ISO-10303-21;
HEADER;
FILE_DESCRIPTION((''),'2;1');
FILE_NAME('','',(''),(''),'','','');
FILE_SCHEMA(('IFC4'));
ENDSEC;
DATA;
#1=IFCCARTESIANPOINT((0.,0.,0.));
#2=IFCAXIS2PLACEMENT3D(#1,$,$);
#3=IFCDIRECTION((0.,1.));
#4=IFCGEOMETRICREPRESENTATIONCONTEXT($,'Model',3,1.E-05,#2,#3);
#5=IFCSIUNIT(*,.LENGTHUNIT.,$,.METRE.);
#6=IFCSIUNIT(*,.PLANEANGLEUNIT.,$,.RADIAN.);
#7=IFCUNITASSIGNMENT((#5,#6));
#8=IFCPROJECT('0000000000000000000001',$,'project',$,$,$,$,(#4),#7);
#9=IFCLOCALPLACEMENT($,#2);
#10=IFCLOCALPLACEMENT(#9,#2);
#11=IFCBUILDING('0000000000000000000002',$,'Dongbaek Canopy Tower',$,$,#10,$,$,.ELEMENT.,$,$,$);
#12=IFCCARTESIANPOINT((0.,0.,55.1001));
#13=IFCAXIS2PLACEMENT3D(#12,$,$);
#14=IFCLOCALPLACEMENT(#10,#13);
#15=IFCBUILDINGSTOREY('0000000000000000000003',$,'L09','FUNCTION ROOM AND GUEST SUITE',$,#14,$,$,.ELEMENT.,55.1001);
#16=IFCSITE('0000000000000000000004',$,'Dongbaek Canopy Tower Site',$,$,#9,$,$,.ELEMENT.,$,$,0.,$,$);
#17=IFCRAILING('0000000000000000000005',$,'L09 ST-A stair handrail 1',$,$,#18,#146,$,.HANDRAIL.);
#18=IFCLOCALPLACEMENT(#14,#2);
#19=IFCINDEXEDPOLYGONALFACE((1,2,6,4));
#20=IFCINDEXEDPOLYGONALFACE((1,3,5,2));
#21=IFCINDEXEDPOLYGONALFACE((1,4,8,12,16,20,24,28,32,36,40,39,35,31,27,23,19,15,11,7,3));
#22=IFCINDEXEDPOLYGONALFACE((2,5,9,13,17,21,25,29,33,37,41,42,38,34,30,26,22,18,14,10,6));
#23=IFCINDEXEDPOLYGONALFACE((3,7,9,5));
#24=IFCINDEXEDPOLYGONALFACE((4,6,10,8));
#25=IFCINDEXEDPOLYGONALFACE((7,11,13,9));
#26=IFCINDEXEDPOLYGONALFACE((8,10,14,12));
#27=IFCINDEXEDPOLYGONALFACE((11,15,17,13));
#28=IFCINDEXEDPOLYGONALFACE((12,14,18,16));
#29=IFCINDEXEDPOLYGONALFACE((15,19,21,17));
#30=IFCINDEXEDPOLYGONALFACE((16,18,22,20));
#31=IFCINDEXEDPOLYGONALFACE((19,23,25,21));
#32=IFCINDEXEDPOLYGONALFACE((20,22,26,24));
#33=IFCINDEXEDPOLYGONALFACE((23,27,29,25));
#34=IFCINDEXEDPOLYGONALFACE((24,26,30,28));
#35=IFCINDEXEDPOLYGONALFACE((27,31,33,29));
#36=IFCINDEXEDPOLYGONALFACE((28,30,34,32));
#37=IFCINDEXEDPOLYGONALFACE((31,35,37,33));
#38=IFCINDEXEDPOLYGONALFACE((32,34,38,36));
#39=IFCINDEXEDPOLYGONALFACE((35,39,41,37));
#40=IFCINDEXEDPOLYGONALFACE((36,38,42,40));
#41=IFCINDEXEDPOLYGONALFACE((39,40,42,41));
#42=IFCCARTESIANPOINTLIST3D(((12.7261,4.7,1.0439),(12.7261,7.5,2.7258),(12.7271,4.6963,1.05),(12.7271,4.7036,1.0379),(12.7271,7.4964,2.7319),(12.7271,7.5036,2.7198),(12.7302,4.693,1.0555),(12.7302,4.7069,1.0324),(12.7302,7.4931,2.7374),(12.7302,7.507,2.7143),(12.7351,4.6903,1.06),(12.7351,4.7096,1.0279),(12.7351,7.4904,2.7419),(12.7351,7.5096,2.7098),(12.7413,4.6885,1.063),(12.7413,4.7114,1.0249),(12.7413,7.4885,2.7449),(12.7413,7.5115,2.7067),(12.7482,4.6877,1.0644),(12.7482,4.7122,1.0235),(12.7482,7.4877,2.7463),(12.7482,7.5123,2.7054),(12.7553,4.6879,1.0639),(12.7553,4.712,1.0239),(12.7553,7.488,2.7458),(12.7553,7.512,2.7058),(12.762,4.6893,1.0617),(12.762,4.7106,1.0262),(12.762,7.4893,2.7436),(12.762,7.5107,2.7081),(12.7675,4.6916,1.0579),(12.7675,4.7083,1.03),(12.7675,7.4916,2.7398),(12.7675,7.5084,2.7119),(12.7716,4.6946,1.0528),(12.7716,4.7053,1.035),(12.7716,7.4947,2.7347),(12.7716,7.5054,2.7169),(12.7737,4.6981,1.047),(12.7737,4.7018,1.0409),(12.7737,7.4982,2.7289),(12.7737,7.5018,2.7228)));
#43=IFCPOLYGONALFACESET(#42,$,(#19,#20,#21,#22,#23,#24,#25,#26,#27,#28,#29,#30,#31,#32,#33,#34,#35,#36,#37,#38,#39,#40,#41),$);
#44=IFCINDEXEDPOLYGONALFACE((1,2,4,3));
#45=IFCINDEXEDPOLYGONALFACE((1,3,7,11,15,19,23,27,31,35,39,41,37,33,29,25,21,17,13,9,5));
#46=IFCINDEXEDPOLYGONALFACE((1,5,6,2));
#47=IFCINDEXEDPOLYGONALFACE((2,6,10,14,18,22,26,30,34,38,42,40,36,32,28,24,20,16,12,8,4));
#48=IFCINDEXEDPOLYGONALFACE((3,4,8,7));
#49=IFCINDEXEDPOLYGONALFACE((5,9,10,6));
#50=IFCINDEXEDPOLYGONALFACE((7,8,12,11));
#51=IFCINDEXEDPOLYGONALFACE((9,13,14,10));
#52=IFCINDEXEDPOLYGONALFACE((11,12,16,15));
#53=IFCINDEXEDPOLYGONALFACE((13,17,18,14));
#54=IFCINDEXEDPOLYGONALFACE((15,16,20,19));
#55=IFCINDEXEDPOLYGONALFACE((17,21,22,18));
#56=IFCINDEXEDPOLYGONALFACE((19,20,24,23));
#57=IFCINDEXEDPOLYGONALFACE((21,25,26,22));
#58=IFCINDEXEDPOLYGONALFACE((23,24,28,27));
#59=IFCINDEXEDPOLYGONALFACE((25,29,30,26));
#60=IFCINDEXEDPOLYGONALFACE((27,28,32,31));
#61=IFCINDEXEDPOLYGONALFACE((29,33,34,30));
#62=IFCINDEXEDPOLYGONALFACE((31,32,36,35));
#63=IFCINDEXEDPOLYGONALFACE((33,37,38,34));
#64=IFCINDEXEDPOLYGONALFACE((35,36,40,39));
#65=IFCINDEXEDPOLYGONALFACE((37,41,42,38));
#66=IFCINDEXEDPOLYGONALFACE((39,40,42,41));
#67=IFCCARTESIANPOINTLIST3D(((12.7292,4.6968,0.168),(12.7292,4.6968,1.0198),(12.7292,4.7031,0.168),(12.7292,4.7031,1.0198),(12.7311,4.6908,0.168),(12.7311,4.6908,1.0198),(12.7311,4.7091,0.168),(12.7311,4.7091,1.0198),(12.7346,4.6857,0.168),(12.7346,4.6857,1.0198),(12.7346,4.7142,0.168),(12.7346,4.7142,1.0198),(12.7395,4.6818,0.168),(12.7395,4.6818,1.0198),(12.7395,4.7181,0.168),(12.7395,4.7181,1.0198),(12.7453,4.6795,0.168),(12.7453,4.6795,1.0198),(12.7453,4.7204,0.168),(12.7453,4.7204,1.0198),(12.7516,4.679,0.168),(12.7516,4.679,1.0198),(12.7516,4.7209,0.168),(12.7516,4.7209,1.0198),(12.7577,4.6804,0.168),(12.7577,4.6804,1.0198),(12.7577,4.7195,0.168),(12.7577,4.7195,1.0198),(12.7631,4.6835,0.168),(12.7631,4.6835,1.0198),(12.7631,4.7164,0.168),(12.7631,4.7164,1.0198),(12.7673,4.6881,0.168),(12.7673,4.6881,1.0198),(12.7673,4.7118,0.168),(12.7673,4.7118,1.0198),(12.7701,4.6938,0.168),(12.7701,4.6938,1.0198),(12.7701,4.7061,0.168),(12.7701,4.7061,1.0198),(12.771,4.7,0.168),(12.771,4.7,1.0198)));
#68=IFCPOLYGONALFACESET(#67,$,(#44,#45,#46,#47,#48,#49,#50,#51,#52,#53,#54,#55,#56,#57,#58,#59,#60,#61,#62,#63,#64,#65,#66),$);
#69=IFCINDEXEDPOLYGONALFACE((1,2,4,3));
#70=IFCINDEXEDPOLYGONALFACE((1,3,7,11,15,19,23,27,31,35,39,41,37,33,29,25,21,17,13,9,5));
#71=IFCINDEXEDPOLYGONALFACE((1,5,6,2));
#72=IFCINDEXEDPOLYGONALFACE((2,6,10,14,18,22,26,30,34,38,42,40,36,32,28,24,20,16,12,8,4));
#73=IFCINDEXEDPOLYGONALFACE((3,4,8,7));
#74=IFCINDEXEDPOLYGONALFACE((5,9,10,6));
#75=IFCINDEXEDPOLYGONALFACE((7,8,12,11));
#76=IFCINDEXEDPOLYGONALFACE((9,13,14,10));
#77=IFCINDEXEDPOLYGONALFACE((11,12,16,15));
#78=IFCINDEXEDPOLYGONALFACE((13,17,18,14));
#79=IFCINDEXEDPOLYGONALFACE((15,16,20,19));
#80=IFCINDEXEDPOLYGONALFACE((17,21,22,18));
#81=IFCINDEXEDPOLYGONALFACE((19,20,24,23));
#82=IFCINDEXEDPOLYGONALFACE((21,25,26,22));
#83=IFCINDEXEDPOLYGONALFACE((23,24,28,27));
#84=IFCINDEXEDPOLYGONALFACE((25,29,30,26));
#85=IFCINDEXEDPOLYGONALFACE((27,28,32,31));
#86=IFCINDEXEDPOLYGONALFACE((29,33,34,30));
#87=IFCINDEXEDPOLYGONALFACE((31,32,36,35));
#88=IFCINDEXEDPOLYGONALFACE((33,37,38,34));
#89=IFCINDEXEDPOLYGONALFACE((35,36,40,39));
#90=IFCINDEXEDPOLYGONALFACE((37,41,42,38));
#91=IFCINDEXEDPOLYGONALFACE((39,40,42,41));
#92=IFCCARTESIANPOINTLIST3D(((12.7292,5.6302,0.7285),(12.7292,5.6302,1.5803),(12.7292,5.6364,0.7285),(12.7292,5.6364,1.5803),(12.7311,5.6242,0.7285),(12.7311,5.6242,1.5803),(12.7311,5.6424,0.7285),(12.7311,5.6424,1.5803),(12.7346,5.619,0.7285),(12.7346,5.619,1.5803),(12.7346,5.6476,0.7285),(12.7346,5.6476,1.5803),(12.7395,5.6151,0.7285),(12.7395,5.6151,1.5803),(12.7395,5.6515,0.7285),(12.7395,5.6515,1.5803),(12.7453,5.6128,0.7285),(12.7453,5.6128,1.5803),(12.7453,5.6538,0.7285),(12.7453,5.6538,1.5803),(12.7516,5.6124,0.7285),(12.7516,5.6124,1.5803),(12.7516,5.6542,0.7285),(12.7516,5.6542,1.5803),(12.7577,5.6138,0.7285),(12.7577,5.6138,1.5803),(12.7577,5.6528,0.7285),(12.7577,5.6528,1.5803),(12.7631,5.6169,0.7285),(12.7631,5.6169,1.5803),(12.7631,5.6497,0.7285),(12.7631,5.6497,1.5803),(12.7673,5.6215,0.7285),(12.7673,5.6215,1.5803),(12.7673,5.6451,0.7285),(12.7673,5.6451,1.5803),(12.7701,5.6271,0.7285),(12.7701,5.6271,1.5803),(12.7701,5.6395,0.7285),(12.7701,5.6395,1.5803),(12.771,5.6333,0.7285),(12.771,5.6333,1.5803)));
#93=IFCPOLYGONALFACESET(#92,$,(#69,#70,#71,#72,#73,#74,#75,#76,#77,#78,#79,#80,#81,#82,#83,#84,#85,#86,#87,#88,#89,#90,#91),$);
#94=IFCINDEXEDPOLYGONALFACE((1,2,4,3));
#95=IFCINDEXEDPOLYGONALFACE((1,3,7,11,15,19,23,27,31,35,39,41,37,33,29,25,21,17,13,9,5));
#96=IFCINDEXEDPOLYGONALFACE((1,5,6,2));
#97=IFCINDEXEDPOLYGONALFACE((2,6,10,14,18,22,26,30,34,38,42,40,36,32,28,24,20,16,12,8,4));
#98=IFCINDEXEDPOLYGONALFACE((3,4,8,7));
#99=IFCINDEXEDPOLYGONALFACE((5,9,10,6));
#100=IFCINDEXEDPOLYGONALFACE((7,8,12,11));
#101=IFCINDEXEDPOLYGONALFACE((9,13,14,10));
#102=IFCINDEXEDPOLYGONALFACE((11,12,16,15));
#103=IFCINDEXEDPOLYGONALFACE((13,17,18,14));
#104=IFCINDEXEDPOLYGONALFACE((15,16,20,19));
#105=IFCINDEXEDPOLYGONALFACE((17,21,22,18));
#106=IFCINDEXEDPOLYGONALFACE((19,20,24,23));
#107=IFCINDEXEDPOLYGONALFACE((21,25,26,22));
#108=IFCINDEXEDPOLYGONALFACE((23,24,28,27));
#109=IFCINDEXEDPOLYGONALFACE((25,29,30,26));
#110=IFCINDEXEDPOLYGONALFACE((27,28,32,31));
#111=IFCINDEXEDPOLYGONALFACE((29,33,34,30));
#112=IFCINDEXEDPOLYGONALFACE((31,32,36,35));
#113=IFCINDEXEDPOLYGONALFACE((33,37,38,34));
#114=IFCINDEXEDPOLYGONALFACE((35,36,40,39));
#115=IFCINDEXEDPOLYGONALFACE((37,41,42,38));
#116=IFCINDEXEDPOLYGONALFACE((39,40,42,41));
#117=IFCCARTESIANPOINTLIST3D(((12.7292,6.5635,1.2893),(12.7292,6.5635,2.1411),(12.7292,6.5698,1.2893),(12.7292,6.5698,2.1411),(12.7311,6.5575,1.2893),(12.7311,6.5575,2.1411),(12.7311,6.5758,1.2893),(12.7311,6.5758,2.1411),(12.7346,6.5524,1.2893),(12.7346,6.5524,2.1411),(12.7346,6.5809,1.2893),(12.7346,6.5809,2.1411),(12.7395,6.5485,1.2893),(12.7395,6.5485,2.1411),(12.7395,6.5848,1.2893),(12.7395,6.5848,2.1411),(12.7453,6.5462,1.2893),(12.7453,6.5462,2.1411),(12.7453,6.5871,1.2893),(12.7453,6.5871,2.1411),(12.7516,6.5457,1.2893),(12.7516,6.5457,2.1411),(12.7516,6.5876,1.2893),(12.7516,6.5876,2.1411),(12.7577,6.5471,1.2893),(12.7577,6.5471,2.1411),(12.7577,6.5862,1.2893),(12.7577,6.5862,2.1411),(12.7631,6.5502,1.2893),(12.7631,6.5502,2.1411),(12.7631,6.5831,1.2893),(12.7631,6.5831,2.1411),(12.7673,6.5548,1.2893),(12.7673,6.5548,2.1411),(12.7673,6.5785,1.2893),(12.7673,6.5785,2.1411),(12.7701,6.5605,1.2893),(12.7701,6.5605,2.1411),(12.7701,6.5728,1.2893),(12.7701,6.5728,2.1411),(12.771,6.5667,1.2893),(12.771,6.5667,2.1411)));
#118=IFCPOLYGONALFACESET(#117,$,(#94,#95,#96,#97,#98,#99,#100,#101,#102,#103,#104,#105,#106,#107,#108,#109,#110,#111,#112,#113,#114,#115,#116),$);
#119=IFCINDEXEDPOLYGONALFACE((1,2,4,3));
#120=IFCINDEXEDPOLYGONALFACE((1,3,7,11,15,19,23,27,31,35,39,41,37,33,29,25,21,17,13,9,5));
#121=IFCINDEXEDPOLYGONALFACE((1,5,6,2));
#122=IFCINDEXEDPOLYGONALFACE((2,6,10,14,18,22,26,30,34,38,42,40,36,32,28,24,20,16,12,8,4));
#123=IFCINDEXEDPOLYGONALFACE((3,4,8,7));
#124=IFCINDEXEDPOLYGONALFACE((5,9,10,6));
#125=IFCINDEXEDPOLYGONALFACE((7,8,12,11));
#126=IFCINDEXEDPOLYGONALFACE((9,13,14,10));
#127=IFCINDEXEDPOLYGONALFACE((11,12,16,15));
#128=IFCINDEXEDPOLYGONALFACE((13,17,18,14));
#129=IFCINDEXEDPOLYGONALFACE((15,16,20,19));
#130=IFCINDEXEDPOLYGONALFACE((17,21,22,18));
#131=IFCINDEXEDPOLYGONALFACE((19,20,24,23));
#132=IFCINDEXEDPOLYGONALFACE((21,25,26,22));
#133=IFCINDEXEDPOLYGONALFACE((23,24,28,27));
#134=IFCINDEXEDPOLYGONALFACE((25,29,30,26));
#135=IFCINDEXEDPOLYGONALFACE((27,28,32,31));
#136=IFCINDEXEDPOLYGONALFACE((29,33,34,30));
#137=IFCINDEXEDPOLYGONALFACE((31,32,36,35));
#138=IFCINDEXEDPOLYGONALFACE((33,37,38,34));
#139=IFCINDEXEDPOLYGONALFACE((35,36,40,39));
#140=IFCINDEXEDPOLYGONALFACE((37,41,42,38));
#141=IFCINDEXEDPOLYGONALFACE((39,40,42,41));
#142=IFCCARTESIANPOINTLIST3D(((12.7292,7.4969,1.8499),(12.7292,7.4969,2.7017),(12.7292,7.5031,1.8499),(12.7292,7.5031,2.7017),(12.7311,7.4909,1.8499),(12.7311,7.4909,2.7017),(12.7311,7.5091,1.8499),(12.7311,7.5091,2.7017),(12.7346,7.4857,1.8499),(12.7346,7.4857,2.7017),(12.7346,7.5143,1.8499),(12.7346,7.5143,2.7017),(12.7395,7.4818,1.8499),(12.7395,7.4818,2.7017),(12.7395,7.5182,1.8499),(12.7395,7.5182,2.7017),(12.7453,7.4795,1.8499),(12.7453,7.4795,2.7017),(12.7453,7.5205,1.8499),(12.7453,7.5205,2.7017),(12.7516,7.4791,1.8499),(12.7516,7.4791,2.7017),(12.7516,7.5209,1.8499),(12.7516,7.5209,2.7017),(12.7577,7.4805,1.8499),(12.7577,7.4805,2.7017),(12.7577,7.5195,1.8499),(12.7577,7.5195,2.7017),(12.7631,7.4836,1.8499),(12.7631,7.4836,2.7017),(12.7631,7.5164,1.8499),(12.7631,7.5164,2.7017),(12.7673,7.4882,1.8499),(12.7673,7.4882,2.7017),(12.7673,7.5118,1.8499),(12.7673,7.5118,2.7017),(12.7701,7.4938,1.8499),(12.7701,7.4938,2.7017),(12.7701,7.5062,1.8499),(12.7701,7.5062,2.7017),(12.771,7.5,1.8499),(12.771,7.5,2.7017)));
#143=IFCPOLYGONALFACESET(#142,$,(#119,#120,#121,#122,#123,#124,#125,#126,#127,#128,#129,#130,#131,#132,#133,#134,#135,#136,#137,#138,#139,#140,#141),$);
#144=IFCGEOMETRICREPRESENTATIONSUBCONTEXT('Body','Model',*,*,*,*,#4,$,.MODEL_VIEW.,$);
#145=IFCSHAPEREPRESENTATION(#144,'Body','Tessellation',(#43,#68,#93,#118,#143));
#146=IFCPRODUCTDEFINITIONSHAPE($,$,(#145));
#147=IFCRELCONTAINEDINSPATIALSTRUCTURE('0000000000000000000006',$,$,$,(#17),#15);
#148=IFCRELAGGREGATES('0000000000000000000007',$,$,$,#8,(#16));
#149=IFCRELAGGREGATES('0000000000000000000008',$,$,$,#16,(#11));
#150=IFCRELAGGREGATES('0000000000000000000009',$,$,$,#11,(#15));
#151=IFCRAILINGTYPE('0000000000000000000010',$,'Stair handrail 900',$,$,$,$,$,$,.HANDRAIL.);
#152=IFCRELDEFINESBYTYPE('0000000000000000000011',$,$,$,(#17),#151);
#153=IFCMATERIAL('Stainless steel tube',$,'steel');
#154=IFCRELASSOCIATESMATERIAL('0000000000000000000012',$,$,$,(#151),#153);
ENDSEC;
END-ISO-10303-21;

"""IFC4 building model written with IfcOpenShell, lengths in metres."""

from ifc_helpers import new_model, si_unit, direction, frame, origin, origin_2d, place, context, subcontext, project, spatial, circle, extrude, material, type_object, element, save


model = new_model("IFC4")

# Units and contexts
model_context = context("Model", 3, precision=1e-05, world=origin(), true_north=direction((0.0, 1.0)))
body_context = subcontext(model_context, "Body", "Model", "MODEL_VIEW")
ifc_project = project(units=[si_unit("LENGTHUNIT", "METRE"), si_unit("PLANEANGLEUNIT", "RADIAN")], contexts=[model_context])

# Site, building, storey
site_placement = place(None, origin())
site = spatial("IfcSite", under=ifc_project, at=site_placement, Name="Dongbaek Canopy Tower Site", CompositionType="ELEMENT", RefElevation=0.0)
building_placement = place(site_placement, origin())
building = spatial("IfcBuilding", under=site, at=building_placement, Name="Dongbaek Canopy Tower", CompositionType="ELEMENT")
storey_placement = place(building_placement, frame((0.0, 0.0, 55.1001)))
storey = spatial("IfcBuildingStorey", under=building, at=storey_placement, Name="L09", Description="FUNCTION ROOM AND GUEST SUITE", CompositionType="ELEMENT", Elevation=55.1001)

# Railing
ifc_material_1 = material(Name="Stainless steel tube", Category="steel")
railing_type_1 = type_object("IfcRailingType", Name="Stair handrail 900", PredefinedType="HANDRAIL", material=ifc_material_1)
railing_1_placement = place(storey_placement, frame((12.75, 4.7, 0.168)))
element("IfcRailing", 1, at=railing_1_placement, inside=storey, type_object=railing_type_1, Name="L09 ST-A stair handrail 1", PredefinedType="HANDRAIL", context=body_context, shape_type="SweptSolid", body=[
    extrude(circle(Radius=0.0239, at=origin_2d()), frame((0.0, 0.0, 0.876), z_axis=(0.0, 0.857242, 0.514913), x_axis=(-1.0, 0.0, 0.0)), (0.0, 0.0, 1.0), 3.2664),
    extrude(circle(Radius=0.021, at=origin_2d()), origin(), (0.0, 0.0, 1.0), 0.8518),
    extrude(circle(Radius=0.021, at=origin_2d()), frame((0.0, 0.9333, 0.5605)), (0.0, 0.0, 1.0), 0.8518),
    extrude(circle(Radius=0.021, at=origin_2d()), frame((0.0, 1.8667, 1.1213)), (0.0, 0.0, 1.0), 0.8518),
    extrude(circle(Radius=0.021, at=origin_2d()), frame((0.0, 2.8, 1.6819)), (0.0, 0.0, 1.0), 0.8518),
])

save(model, "model.ifc")
